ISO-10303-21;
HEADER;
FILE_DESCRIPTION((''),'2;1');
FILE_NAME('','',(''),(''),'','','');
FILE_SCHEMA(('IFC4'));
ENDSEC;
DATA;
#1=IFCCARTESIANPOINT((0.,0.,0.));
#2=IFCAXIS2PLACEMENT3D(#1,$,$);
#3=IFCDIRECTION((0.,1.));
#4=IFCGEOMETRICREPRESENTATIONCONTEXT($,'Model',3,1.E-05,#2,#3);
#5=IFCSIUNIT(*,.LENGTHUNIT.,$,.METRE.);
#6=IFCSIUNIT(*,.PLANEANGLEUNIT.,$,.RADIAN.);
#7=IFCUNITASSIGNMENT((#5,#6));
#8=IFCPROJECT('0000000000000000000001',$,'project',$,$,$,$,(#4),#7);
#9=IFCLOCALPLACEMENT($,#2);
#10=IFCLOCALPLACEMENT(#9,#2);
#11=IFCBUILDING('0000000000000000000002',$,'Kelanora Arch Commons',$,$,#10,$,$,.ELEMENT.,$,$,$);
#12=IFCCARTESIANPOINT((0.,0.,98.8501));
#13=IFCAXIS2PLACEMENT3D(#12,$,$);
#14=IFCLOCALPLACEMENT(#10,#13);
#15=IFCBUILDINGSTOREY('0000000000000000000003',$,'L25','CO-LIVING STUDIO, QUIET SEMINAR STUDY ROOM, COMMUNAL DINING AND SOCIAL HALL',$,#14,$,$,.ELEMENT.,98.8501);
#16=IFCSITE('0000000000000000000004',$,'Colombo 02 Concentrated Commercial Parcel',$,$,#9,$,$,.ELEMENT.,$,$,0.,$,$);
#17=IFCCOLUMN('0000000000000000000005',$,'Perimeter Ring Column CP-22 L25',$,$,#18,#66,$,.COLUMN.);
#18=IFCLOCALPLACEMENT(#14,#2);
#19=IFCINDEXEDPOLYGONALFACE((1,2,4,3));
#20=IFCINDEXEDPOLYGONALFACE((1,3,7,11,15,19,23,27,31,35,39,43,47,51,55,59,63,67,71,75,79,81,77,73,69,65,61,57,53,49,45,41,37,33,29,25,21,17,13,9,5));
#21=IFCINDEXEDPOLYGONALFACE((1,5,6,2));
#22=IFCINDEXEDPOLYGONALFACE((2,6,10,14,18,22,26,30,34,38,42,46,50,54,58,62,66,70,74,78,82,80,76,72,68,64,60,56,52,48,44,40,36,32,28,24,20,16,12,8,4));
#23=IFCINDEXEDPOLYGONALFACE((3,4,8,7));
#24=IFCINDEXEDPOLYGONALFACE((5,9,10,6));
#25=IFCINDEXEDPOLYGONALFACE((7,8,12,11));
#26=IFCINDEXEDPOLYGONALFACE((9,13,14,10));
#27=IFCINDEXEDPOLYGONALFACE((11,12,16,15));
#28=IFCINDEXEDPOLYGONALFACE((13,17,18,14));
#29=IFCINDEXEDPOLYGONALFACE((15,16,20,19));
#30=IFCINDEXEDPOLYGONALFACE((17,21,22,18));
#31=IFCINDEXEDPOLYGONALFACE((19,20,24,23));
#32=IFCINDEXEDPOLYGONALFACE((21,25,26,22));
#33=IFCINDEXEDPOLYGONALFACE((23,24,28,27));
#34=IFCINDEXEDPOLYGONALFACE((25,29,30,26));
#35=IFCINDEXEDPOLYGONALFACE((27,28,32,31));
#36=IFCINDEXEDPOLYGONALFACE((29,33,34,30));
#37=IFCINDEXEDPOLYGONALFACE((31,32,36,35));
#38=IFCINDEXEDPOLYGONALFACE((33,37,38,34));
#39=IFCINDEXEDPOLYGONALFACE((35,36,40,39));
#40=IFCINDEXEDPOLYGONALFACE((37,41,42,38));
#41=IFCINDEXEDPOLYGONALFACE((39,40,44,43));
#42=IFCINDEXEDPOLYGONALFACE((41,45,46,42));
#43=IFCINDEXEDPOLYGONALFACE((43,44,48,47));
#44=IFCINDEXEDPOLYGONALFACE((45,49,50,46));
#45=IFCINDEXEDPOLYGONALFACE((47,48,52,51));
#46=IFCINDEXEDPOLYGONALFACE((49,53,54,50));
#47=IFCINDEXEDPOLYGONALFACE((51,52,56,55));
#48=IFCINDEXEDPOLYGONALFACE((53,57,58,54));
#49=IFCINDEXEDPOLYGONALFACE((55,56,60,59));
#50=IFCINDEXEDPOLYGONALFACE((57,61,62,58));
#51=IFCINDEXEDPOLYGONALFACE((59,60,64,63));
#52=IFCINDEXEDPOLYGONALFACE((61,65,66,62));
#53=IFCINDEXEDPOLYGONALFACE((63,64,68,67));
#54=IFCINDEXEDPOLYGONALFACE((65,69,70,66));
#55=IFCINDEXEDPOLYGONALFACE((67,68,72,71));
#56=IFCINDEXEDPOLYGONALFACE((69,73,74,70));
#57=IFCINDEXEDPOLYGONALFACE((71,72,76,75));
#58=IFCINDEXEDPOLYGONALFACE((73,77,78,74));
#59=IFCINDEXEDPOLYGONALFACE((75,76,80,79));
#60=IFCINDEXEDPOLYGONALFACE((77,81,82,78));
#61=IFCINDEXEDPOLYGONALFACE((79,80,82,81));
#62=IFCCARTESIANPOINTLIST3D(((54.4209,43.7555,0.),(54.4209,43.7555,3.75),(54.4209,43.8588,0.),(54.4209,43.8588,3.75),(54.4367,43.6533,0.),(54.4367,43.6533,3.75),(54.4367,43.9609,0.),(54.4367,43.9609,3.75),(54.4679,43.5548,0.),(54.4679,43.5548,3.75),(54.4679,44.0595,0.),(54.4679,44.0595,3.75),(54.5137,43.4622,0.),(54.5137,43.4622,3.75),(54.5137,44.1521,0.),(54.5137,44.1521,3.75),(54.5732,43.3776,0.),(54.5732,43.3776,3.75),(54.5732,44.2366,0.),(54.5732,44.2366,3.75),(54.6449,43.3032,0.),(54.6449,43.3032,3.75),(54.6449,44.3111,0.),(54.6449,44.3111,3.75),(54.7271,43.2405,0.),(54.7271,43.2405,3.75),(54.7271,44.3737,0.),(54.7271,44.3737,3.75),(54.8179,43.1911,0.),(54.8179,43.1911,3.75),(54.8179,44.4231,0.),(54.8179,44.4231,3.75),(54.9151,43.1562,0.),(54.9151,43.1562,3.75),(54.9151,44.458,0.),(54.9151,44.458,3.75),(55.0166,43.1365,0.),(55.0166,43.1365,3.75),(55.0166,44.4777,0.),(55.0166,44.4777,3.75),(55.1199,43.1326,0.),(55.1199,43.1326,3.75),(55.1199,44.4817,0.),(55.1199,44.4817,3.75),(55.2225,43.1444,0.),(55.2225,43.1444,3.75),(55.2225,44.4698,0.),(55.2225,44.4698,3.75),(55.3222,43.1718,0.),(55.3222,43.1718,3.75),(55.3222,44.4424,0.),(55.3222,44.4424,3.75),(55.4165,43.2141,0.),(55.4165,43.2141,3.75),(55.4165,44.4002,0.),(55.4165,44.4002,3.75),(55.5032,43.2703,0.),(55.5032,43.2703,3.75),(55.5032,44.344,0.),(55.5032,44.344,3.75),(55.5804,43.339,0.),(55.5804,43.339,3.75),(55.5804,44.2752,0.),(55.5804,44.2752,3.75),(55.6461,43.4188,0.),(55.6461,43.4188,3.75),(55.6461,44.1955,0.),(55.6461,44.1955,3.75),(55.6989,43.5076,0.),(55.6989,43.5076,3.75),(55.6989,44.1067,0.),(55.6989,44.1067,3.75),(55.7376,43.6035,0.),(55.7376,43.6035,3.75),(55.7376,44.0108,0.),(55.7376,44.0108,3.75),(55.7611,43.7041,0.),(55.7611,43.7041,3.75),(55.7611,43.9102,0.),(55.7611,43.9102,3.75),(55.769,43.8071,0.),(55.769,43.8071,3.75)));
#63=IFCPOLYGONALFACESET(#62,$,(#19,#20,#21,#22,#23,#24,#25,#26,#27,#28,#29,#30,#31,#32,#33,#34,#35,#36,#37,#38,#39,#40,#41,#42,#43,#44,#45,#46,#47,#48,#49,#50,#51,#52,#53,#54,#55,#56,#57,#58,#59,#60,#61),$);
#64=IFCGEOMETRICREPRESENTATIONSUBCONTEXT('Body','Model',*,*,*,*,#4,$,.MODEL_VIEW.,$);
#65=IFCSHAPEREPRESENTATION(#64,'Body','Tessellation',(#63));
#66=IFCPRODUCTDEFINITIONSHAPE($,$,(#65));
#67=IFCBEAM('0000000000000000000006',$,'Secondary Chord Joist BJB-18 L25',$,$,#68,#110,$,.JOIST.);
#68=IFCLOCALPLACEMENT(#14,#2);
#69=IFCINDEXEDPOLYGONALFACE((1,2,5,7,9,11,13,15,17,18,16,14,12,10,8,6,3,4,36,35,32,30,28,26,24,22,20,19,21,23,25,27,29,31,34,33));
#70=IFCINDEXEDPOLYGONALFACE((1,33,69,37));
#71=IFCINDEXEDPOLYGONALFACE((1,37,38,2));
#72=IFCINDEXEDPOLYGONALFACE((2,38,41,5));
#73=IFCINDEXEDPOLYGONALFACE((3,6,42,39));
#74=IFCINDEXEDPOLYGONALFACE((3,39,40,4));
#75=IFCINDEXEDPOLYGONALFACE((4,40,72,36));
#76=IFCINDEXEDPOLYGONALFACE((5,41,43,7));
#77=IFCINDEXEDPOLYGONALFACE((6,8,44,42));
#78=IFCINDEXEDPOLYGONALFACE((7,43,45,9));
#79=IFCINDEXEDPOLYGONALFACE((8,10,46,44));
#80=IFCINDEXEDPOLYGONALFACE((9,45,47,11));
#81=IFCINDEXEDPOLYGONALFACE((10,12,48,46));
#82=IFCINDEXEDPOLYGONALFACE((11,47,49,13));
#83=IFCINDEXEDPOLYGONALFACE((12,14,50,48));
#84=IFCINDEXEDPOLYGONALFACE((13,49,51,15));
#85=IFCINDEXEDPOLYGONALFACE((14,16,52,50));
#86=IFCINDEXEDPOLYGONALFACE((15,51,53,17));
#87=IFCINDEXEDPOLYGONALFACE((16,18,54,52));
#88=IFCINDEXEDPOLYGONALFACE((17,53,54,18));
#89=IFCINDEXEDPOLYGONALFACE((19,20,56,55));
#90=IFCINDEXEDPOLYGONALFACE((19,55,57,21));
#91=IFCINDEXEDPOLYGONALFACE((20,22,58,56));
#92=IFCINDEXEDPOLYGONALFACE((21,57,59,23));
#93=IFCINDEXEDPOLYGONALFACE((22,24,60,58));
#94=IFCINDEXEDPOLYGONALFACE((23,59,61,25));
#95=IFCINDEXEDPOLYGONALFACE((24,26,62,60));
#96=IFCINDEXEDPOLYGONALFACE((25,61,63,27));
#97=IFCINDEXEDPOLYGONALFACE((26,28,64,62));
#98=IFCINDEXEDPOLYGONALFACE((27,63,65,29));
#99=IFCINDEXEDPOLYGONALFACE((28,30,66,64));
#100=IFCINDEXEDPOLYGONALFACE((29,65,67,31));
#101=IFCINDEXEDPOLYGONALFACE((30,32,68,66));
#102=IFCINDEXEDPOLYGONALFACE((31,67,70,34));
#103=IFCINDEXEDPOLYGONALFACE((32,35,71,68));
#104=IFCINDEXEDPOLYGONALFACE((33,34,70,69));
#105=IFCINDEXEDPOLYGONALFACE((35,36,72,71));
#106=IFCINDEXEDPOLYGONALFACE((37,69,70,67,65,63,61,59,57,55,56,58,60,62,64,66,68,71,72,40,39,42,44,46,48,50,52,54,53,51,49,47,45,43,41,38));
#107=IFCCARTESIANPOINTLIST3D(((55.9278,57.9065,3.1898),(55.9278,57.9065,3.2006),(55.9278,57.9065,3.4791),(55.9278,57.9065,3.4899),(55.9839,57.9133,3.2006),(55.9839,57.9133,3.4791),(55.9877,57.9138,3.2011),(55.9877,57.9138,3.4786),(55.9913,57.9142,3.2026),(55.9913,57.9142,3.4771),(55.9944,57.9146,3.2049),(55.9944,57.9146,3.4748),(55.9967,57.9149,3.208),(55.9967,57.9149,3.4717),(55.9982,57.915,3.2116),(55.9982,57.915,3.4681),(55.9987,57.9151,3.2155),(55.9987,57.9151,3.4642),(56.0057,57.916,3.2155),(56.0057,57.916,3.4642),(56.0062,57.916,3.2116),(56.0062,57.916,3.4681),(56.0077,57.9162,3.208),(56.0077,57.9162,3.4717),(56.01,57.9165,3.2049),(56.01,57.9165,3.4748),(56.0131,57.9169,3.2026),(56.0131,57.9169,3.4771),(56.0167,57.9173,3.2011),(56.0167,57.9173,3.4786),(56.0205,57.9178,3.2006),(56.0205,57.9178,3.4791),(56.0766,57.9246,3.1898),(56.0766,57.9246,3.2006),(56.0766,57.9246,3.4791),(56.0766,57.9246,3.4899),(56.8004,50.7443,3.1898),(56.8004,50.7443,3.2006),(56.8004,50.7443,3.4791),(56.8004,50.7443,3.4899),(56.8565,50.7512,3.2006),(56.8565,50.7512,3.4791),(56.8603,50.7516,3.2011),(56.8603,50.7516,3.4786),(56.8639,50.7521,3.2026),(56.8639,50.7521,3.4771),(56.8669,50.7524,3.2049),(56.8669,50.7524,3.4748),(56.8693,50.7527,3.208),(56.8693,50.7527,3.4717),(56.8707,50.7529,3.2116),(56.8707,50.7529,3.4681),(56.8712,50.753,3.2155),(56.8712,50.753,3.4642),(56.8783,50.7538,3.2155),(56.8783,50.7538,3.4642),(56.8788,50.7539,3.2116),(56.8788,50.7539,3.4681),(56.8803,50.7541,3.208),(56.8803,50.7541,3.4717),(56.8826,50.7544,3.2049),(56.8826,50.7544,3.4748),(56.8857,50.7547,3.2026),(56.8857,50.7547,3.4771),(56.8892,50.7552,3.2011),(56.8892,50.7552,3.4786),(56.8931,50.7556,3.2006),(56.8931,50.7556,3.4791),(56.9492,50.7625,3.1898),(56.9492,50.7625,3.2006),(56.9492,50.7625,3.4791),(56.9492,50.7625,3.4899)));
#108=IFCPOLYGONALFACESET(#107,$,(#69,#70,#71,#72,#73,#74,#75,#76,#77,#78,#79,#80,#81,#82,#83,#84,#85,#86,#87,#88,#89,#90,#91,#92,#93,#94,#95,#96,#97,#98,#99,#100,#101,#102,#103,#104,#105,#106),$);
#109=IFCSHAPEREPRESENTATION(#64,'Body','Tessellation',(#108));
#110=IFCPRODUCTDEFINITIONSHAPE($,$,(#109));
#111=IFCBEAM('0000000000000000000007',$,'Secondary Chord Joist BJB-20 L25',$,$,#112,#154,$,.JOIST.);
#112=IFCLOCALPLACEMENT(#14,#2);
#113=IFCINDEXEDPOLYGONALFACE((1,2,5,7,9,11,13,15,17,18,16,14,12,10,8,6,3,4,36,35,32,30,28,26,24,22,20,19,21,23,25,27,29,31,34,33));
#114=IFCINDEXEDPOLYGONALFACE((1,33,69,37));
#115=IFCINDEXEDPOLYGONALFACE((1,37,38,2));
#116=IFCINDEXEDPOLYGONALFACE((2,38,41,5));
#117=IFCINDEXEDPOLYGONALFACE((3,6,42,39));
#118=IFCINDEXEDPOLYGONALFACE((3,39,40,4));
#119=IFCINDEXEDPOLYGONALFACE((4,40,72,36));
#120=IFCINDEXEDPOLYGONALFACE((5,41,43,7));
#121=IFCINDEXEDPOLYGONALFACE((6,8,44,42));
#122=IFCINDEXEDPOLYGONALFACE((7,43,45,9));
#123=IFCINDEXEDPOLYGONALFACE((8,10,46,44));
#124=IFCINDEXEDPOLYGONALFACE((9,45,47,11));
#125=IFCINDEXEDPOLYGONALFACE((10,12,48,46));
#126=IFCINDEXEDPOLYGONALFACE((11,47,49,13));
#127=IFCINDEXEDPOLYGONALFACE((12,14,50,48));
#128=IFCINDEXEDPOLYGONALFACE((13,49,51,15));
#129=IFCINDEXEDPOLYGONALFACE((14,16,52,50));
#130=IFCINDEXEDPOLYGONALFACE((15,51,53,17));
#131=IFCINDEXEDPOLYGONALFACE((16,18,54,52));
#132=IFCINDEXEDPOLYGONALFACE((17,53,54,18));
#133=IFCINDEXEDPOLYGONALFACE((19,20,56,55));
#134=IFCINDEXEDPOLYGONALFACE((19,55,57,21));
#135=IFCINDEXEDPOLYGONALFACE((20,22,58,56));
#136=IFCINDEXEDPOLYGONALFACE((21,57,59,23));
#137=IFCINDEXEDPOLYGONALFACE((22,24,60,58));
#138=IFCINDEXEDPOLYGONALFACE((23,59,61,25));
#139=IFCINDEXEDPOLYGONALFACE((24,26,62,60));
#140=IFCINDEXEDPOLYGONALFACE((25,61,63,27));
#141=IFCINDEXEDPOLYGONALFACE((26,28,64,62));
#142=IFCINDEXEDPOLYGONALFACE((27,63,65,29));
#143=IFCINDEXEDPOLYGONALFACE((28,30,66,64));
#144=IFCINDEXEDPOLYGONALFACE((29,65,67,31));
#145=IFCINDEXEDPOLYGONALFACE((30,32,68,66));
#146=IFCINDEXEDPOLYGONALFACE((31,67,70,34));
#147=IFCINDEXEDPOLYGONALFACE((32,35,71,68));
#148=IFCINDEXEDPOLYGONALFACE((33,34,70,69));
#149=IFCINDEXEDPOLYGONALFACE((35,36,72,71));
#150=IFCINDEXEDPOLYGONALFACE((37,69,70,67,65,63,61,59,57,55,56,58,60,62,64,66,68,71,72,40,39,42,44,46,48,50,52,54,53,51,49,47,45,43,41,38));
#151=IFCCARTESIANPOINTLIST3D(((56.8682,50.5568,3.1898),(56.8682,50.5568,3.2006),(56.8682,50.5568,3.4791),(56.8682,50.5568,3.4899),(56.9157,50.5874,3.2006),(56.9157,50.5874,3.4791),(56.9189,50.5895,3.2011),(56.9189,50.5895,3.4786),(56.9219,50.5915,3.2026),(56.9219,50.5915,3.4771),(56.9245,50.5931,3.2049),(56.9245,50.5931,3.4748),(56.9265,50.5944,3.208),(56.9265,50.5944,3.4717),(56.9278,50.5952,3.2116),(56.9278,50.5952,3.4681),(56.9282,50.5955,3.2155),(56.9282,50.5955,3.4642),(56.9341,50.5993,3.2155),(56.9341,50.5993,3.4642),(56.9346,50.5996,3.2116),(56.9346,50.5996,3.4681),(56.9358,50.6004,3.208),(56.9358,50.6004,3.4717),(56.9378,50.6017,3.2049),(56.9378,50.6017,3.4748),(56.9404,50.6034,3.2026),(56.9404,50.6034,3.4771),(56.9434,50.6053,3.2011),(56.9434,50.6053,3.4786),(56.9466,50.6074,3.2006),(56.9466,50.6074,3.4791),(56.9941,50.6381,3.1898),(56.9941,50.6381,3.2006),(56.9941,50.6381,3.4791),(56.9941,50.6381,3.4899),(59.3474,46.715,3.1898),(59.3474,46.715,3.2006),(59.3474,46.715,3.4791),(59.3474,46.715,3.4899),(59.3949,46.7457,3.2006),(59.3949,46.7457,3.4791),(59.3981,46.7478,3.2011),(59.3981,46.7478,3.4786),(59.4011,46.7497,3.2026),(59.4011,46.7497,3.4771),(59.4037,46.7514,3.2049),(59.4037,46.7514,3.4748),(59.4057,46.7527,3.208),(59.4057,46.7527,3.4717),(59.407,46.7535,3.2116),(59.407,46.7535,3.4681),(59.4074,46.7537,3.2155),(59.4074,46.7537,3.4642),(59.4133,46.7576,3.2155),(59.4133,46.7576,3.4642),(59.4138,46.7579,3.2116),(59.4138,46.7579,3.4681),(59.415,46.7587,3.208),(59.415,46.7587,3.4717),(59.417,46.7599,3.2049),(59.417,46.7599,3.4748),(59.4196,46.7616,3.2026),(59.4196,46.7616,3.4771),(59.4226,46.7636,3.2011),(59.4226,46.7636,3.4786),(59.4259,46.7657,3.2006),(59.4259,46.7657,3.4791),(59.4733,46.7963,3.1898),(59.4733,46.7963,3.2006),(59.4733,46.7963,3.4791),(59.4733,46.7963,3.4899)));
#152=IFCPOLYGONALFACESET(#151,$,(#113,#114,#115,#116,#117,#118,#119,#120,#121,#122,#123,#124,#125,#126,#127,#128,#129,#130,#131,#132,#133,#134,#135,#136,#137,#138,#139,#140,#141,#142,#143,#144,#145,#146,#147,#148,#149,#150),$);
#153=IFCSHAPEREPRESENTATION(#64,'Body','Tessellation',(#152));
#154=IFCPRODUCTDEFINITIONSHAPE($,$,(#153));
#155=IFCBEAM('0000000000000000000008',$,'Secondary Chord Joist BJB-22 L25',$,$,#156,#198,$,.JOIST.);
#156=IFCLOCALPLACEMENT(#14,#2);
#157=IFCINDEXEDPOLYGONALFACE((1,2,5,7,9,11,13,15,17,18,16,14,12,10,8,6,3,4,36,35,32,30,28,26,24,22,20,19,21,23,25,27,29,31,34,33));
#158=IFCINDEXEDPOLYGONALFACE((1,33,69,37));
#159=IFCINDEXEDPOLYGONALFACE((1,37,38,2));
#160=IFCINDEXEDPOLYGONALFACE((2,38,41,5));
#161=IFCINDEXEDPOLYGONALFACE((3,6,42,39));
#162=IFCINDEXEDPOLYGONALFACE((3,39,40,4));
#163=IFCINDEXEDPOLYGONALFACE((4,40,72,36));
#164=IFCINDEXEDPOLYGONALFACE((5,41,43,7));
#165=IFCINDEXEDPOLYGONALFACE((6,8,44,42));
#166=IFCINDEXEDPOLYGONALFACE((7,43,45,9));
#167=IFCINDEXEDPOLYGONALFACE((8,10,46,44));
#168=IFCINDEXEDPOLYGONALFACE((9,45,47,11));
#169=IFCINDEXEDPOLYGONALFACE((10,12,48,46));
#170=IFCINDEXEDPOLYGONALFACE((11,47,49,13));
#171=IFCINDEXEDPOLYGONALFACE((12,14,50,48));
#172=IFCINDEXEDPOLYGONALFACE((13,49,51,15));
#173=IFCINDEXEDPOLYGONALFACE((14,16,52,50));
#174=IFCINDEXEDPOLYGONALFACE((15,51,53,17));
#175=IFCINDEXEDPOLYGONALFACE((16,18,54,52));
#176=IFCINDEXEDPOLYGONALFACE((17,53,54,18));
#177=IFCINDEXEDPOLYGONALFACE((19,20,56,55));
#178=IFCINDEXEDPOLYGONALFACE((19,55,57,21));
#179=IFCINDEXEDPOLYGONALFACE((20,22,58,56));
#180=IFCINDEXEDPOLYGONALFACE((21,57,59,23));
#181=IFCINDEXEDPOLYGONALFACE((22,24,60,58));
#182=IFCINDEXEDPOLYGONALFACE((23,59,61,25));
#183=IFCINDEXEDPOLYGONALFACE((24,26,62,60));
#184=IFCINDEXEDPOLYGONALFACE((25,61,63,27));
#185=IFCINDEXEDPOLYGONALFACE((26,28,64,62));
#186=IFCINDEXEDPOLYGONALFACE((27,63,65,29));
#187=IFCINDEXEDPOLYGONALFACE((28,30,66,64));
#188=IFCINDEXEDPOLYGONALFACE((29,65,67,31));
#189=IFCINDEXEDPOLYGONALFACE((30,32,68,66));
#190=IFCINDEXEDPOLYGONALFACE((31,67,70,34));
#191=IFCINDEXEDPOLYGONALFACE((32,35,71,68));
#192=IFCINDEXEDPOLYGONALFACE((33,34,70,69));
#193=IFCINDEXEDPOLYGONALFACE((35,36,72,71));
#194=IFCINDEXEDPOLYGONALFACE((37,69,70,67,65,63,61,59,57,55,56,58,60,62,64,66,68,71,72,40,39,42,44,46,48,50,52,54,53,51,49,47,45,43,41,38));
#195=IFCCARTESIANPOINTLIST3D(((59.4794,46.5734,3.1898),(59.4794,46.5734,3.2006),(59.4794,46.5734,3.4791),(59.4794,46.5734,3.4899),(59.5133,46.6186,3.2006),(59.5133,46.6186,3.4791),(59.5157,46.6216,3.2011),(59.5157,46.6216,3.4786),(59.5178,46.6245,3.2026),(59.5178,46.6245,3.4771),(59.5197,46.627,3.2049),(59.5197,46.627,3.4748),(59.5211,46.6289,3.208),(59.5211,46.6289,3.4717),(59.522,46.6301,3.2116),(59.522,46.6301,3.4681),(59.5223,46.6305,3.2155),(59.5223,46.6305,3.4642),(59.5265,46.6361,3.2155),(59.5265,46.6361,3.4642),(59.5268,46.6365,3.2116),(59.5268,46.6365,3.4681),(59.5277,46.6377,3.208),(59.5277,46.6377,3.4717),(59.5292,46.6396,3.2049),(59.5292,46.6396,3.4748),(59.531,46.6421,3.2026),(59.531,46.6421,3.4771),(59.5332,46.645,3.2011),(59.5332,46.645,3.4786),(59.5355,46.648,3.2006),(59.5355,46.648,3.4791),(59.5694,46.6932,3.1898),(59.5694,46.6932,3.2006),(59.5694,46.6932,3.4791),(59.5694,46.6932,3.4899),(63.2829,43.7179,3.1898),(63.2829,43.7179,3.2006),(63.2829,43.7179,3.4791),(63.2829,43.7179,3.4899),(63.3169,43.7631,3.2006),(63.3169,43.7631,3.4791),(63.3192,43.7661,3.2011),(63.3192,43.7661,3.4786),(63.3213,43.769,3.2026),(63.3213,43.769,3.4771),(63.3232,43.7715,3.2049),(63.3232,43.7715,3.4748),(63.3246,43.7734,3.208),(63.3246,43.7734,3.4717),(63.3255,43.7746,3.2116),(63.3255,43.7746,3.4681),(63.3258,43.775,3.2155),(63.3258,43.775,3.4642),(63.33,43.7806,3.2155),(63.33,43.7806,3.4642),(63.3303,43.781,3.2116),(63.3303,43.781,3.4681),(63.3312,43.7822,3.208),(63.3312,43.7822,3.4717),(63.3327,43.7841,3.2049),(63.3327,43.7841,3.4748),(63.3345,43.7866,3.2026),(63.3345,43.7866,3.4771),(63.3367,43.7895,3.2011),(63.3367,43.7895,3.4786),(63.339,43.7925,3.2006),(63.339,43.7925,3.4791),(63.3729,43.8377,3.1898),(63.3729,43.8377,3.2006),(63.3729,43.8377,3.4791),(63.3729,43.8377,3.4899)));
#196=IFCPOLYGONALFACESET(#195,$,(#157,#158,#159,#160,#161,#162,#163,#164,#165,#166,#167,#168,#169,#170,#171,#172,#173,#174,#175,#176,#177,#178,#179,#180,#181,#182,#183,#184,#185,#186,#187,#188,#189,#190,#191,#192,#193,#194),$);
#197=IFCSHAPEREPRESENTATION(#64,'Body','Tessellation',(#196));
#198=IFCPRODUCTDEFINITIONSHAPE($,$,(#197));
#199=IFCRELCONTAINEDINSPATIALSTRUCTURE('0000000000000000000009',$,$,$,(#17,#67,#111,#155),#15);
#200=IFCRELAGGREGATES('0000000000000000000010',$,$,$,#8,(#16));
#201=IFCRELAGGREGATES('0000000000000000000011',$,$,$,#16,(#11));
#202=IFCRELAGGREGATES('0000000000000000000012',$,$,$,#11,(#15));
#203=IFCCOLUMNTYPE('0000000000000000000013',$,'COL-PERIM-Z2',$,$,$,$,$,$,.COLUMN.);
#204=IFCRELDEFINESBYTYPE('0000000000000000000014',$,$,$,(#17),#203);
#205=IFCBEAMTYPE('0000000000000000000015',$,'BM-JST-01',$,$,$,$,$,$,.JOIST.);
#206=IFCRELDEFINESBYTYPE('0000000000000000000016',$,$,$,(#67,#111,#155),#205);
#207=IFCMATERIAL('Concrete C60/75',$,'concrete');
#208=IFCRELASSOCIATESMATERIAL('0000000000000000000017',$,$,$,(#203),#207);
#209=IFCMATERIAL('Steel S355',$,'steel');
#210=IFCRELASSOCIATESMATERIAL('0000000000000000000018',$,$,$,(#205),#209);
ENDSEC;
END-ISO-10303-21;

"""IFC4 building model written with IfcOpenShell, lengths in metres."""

from ifc_helpers import new_model, si_unit, direction, frame, origin, origin_2d, place, context, subcontext, project, spatial, circle, i_section, extrude, material, material_profile, profile_set, type_object, element, save


model = new_model("IFC4")

# Units and contexts
model_context = context("Model", 3, precision=1e-05, world=origin(), true_north=direction((0.0, 1.0)))
body_context = subcontext(model_context, "Body", "Model", "MODEL_VIEW")
ifc_project = project(units=[si_unit("LENGTHUNIT", "METRE"), si_unit("PLANEANGLEUNIT", "RADIAN")], contexts=[model_context])

# Site, building, storey
site_placement = place(None, origin())
site = spatial("IfcSite", under=ifc_project, at=site_placement, Name="Colombo 02 Concentrated Commercial Parcel", CompositionType="ELEMENT", RefElevation=0.0)
building_placement = place(site_placement, origin())
building = spatial("IfcBuilding", under=site, at=building_placement, Name="Kelanora Arch Commons", CompositionType="ELEMENT")
storey_placement = place(building_placement, frame((0.0, 0.0, 98.8501)))
storey = spatial("IfcBuildingStorey", under=building, at=storey_placement, Name="L25", Description="CO-LIVING STUDIO, QUIET SEMINAR STUDY ROOM, COMMUNAL DINING AND SOCIAL HALL", CompositionType="ELEMENT", Elevation=98.8501)

# Column
ifc_material_1 = material(Name="Concrete C60/75", Category="concrete")
ifc_material_profile_1 = material_profile(ifc_material_1, circle(Radius=0.675, at=origin_2d()), Name="RCC1350")
ifc_profile_set_1 = profile_set([ifc_material_profile_1], Name="Concrete C60/75")
column_type = type_object("IfcColumnType", Name="COL-PERIM-Z2", PredefinedType="COLUMN", material=ifc_profile_set_1)
column_placement = place(storey_placement, frame((55.094, 43.8071, 0.0), z_axis=(0.0, 0.0, 1.0), x_axis=(1.0, 0.0, 0.0)))
element("IfcColumn", 1, at=column_placement, inside=storey, type_object=column_type, Name="Perimeter Ring Column CP-22 L25", PredefinedType="COLUMN", context=body_context, shape_type="SweptSolid", body=[
    extrude(circle(Radius=0.675, at=origin_2d()), origin(), (0.0, 0.0, 1.0), 3.75),
])

# Beams
ifc_material_2 = material(Name="Steel S355", Category="steel")
ifc_material_profile_2 = material_profile(ifc_material_2, i_section(OverallWidth=0.1499, OverallDepth=0.3, WebThickness=0.0071, FlangeThickness=0.0107, FilletRadius=0.0149, at=origin_2d()), Name="IPE300")
ifc_profile_set_2 = profile_set([ifc_material_profile_2], Name="Steel S355")
beam_type_1 = type_object("IfcBeamType", Name="BM-JST-01", PredefinedType="JOIST", material=ifc_profile_set_2)
beam_1_placement = place(storey_placement, frame((56.0022, 57.9155, 3.3398), z_axis=(0.120936, -0.99266, 0.0), x_axis=(0.99266, 0.120936, 0.0)))
element("IfcBeam", 2, at=beam_1_placement, inside=storey, type_object=beam_type_1, Name="Secondary Chord Joist BJB-18 L25", PredefinedType="JOIST", context=body_context, shape_type="SweptSolid", body=[
    extrude(i_section(OverallWidth=0.1499, OverallDepth=0.3, WebThickness=0.0071, FlangeThickness=0.0107, FilletRadius=0.0149, at=origin_2d()), origin(), (0.0, 0.0, 1.0), 7.2151),
])
beam_2_placement = place(storey_placement, frame((56.9312, 50.5974, 3.3398), z_axis=(0.54223, -0.84023, 0.0), x_axis=(0.84023, 0.54223, 0.0)))
element("IfcBeam", 3, at=beam_2_placement, inside=storey, type_object=beam_type_1, Name="Secondary Chord Joist BJB-20 L25", PredefinedType="JOIST", context=body_context, shape_type="SweptSolid", body=[
    extrude(i_section(OverallWidth=0.1499, OverallDepth=0.3, WebThickness=0.0071, FlangeThickness=0.0107, FilletRadius=0.0149, at=origin_2d()), origin(), (0.0, 0.0, 1.0), 4.5723),
])
beam_3_placement = place(storey_placement, frame((59.5244, 46.6333, 3.3398), z_axis=(0.79971, -0.600386, 0.0), x_axis=(0.600386, 0.79971, 0.0)))
element("IfcBeam", 4, at=beam_3_placement, inside=storey, type_object=beam_type_1, Name="Secondary Chord Joist BJB-22 L25", PredefinedType="JOIST", context=body_context, shape_type="SweptSolid", body=[
    extrude(i_section(OverallWidth=0.1499, OverallDepth=0.3, WebThickness=0.0071, FlangeThickness=0.0107, FilletRadius=0.0149, at=origin_2d()), origin(), (0.0, 0.0, 1.0), 4.7561),
])

save(model, "model.ifc")
